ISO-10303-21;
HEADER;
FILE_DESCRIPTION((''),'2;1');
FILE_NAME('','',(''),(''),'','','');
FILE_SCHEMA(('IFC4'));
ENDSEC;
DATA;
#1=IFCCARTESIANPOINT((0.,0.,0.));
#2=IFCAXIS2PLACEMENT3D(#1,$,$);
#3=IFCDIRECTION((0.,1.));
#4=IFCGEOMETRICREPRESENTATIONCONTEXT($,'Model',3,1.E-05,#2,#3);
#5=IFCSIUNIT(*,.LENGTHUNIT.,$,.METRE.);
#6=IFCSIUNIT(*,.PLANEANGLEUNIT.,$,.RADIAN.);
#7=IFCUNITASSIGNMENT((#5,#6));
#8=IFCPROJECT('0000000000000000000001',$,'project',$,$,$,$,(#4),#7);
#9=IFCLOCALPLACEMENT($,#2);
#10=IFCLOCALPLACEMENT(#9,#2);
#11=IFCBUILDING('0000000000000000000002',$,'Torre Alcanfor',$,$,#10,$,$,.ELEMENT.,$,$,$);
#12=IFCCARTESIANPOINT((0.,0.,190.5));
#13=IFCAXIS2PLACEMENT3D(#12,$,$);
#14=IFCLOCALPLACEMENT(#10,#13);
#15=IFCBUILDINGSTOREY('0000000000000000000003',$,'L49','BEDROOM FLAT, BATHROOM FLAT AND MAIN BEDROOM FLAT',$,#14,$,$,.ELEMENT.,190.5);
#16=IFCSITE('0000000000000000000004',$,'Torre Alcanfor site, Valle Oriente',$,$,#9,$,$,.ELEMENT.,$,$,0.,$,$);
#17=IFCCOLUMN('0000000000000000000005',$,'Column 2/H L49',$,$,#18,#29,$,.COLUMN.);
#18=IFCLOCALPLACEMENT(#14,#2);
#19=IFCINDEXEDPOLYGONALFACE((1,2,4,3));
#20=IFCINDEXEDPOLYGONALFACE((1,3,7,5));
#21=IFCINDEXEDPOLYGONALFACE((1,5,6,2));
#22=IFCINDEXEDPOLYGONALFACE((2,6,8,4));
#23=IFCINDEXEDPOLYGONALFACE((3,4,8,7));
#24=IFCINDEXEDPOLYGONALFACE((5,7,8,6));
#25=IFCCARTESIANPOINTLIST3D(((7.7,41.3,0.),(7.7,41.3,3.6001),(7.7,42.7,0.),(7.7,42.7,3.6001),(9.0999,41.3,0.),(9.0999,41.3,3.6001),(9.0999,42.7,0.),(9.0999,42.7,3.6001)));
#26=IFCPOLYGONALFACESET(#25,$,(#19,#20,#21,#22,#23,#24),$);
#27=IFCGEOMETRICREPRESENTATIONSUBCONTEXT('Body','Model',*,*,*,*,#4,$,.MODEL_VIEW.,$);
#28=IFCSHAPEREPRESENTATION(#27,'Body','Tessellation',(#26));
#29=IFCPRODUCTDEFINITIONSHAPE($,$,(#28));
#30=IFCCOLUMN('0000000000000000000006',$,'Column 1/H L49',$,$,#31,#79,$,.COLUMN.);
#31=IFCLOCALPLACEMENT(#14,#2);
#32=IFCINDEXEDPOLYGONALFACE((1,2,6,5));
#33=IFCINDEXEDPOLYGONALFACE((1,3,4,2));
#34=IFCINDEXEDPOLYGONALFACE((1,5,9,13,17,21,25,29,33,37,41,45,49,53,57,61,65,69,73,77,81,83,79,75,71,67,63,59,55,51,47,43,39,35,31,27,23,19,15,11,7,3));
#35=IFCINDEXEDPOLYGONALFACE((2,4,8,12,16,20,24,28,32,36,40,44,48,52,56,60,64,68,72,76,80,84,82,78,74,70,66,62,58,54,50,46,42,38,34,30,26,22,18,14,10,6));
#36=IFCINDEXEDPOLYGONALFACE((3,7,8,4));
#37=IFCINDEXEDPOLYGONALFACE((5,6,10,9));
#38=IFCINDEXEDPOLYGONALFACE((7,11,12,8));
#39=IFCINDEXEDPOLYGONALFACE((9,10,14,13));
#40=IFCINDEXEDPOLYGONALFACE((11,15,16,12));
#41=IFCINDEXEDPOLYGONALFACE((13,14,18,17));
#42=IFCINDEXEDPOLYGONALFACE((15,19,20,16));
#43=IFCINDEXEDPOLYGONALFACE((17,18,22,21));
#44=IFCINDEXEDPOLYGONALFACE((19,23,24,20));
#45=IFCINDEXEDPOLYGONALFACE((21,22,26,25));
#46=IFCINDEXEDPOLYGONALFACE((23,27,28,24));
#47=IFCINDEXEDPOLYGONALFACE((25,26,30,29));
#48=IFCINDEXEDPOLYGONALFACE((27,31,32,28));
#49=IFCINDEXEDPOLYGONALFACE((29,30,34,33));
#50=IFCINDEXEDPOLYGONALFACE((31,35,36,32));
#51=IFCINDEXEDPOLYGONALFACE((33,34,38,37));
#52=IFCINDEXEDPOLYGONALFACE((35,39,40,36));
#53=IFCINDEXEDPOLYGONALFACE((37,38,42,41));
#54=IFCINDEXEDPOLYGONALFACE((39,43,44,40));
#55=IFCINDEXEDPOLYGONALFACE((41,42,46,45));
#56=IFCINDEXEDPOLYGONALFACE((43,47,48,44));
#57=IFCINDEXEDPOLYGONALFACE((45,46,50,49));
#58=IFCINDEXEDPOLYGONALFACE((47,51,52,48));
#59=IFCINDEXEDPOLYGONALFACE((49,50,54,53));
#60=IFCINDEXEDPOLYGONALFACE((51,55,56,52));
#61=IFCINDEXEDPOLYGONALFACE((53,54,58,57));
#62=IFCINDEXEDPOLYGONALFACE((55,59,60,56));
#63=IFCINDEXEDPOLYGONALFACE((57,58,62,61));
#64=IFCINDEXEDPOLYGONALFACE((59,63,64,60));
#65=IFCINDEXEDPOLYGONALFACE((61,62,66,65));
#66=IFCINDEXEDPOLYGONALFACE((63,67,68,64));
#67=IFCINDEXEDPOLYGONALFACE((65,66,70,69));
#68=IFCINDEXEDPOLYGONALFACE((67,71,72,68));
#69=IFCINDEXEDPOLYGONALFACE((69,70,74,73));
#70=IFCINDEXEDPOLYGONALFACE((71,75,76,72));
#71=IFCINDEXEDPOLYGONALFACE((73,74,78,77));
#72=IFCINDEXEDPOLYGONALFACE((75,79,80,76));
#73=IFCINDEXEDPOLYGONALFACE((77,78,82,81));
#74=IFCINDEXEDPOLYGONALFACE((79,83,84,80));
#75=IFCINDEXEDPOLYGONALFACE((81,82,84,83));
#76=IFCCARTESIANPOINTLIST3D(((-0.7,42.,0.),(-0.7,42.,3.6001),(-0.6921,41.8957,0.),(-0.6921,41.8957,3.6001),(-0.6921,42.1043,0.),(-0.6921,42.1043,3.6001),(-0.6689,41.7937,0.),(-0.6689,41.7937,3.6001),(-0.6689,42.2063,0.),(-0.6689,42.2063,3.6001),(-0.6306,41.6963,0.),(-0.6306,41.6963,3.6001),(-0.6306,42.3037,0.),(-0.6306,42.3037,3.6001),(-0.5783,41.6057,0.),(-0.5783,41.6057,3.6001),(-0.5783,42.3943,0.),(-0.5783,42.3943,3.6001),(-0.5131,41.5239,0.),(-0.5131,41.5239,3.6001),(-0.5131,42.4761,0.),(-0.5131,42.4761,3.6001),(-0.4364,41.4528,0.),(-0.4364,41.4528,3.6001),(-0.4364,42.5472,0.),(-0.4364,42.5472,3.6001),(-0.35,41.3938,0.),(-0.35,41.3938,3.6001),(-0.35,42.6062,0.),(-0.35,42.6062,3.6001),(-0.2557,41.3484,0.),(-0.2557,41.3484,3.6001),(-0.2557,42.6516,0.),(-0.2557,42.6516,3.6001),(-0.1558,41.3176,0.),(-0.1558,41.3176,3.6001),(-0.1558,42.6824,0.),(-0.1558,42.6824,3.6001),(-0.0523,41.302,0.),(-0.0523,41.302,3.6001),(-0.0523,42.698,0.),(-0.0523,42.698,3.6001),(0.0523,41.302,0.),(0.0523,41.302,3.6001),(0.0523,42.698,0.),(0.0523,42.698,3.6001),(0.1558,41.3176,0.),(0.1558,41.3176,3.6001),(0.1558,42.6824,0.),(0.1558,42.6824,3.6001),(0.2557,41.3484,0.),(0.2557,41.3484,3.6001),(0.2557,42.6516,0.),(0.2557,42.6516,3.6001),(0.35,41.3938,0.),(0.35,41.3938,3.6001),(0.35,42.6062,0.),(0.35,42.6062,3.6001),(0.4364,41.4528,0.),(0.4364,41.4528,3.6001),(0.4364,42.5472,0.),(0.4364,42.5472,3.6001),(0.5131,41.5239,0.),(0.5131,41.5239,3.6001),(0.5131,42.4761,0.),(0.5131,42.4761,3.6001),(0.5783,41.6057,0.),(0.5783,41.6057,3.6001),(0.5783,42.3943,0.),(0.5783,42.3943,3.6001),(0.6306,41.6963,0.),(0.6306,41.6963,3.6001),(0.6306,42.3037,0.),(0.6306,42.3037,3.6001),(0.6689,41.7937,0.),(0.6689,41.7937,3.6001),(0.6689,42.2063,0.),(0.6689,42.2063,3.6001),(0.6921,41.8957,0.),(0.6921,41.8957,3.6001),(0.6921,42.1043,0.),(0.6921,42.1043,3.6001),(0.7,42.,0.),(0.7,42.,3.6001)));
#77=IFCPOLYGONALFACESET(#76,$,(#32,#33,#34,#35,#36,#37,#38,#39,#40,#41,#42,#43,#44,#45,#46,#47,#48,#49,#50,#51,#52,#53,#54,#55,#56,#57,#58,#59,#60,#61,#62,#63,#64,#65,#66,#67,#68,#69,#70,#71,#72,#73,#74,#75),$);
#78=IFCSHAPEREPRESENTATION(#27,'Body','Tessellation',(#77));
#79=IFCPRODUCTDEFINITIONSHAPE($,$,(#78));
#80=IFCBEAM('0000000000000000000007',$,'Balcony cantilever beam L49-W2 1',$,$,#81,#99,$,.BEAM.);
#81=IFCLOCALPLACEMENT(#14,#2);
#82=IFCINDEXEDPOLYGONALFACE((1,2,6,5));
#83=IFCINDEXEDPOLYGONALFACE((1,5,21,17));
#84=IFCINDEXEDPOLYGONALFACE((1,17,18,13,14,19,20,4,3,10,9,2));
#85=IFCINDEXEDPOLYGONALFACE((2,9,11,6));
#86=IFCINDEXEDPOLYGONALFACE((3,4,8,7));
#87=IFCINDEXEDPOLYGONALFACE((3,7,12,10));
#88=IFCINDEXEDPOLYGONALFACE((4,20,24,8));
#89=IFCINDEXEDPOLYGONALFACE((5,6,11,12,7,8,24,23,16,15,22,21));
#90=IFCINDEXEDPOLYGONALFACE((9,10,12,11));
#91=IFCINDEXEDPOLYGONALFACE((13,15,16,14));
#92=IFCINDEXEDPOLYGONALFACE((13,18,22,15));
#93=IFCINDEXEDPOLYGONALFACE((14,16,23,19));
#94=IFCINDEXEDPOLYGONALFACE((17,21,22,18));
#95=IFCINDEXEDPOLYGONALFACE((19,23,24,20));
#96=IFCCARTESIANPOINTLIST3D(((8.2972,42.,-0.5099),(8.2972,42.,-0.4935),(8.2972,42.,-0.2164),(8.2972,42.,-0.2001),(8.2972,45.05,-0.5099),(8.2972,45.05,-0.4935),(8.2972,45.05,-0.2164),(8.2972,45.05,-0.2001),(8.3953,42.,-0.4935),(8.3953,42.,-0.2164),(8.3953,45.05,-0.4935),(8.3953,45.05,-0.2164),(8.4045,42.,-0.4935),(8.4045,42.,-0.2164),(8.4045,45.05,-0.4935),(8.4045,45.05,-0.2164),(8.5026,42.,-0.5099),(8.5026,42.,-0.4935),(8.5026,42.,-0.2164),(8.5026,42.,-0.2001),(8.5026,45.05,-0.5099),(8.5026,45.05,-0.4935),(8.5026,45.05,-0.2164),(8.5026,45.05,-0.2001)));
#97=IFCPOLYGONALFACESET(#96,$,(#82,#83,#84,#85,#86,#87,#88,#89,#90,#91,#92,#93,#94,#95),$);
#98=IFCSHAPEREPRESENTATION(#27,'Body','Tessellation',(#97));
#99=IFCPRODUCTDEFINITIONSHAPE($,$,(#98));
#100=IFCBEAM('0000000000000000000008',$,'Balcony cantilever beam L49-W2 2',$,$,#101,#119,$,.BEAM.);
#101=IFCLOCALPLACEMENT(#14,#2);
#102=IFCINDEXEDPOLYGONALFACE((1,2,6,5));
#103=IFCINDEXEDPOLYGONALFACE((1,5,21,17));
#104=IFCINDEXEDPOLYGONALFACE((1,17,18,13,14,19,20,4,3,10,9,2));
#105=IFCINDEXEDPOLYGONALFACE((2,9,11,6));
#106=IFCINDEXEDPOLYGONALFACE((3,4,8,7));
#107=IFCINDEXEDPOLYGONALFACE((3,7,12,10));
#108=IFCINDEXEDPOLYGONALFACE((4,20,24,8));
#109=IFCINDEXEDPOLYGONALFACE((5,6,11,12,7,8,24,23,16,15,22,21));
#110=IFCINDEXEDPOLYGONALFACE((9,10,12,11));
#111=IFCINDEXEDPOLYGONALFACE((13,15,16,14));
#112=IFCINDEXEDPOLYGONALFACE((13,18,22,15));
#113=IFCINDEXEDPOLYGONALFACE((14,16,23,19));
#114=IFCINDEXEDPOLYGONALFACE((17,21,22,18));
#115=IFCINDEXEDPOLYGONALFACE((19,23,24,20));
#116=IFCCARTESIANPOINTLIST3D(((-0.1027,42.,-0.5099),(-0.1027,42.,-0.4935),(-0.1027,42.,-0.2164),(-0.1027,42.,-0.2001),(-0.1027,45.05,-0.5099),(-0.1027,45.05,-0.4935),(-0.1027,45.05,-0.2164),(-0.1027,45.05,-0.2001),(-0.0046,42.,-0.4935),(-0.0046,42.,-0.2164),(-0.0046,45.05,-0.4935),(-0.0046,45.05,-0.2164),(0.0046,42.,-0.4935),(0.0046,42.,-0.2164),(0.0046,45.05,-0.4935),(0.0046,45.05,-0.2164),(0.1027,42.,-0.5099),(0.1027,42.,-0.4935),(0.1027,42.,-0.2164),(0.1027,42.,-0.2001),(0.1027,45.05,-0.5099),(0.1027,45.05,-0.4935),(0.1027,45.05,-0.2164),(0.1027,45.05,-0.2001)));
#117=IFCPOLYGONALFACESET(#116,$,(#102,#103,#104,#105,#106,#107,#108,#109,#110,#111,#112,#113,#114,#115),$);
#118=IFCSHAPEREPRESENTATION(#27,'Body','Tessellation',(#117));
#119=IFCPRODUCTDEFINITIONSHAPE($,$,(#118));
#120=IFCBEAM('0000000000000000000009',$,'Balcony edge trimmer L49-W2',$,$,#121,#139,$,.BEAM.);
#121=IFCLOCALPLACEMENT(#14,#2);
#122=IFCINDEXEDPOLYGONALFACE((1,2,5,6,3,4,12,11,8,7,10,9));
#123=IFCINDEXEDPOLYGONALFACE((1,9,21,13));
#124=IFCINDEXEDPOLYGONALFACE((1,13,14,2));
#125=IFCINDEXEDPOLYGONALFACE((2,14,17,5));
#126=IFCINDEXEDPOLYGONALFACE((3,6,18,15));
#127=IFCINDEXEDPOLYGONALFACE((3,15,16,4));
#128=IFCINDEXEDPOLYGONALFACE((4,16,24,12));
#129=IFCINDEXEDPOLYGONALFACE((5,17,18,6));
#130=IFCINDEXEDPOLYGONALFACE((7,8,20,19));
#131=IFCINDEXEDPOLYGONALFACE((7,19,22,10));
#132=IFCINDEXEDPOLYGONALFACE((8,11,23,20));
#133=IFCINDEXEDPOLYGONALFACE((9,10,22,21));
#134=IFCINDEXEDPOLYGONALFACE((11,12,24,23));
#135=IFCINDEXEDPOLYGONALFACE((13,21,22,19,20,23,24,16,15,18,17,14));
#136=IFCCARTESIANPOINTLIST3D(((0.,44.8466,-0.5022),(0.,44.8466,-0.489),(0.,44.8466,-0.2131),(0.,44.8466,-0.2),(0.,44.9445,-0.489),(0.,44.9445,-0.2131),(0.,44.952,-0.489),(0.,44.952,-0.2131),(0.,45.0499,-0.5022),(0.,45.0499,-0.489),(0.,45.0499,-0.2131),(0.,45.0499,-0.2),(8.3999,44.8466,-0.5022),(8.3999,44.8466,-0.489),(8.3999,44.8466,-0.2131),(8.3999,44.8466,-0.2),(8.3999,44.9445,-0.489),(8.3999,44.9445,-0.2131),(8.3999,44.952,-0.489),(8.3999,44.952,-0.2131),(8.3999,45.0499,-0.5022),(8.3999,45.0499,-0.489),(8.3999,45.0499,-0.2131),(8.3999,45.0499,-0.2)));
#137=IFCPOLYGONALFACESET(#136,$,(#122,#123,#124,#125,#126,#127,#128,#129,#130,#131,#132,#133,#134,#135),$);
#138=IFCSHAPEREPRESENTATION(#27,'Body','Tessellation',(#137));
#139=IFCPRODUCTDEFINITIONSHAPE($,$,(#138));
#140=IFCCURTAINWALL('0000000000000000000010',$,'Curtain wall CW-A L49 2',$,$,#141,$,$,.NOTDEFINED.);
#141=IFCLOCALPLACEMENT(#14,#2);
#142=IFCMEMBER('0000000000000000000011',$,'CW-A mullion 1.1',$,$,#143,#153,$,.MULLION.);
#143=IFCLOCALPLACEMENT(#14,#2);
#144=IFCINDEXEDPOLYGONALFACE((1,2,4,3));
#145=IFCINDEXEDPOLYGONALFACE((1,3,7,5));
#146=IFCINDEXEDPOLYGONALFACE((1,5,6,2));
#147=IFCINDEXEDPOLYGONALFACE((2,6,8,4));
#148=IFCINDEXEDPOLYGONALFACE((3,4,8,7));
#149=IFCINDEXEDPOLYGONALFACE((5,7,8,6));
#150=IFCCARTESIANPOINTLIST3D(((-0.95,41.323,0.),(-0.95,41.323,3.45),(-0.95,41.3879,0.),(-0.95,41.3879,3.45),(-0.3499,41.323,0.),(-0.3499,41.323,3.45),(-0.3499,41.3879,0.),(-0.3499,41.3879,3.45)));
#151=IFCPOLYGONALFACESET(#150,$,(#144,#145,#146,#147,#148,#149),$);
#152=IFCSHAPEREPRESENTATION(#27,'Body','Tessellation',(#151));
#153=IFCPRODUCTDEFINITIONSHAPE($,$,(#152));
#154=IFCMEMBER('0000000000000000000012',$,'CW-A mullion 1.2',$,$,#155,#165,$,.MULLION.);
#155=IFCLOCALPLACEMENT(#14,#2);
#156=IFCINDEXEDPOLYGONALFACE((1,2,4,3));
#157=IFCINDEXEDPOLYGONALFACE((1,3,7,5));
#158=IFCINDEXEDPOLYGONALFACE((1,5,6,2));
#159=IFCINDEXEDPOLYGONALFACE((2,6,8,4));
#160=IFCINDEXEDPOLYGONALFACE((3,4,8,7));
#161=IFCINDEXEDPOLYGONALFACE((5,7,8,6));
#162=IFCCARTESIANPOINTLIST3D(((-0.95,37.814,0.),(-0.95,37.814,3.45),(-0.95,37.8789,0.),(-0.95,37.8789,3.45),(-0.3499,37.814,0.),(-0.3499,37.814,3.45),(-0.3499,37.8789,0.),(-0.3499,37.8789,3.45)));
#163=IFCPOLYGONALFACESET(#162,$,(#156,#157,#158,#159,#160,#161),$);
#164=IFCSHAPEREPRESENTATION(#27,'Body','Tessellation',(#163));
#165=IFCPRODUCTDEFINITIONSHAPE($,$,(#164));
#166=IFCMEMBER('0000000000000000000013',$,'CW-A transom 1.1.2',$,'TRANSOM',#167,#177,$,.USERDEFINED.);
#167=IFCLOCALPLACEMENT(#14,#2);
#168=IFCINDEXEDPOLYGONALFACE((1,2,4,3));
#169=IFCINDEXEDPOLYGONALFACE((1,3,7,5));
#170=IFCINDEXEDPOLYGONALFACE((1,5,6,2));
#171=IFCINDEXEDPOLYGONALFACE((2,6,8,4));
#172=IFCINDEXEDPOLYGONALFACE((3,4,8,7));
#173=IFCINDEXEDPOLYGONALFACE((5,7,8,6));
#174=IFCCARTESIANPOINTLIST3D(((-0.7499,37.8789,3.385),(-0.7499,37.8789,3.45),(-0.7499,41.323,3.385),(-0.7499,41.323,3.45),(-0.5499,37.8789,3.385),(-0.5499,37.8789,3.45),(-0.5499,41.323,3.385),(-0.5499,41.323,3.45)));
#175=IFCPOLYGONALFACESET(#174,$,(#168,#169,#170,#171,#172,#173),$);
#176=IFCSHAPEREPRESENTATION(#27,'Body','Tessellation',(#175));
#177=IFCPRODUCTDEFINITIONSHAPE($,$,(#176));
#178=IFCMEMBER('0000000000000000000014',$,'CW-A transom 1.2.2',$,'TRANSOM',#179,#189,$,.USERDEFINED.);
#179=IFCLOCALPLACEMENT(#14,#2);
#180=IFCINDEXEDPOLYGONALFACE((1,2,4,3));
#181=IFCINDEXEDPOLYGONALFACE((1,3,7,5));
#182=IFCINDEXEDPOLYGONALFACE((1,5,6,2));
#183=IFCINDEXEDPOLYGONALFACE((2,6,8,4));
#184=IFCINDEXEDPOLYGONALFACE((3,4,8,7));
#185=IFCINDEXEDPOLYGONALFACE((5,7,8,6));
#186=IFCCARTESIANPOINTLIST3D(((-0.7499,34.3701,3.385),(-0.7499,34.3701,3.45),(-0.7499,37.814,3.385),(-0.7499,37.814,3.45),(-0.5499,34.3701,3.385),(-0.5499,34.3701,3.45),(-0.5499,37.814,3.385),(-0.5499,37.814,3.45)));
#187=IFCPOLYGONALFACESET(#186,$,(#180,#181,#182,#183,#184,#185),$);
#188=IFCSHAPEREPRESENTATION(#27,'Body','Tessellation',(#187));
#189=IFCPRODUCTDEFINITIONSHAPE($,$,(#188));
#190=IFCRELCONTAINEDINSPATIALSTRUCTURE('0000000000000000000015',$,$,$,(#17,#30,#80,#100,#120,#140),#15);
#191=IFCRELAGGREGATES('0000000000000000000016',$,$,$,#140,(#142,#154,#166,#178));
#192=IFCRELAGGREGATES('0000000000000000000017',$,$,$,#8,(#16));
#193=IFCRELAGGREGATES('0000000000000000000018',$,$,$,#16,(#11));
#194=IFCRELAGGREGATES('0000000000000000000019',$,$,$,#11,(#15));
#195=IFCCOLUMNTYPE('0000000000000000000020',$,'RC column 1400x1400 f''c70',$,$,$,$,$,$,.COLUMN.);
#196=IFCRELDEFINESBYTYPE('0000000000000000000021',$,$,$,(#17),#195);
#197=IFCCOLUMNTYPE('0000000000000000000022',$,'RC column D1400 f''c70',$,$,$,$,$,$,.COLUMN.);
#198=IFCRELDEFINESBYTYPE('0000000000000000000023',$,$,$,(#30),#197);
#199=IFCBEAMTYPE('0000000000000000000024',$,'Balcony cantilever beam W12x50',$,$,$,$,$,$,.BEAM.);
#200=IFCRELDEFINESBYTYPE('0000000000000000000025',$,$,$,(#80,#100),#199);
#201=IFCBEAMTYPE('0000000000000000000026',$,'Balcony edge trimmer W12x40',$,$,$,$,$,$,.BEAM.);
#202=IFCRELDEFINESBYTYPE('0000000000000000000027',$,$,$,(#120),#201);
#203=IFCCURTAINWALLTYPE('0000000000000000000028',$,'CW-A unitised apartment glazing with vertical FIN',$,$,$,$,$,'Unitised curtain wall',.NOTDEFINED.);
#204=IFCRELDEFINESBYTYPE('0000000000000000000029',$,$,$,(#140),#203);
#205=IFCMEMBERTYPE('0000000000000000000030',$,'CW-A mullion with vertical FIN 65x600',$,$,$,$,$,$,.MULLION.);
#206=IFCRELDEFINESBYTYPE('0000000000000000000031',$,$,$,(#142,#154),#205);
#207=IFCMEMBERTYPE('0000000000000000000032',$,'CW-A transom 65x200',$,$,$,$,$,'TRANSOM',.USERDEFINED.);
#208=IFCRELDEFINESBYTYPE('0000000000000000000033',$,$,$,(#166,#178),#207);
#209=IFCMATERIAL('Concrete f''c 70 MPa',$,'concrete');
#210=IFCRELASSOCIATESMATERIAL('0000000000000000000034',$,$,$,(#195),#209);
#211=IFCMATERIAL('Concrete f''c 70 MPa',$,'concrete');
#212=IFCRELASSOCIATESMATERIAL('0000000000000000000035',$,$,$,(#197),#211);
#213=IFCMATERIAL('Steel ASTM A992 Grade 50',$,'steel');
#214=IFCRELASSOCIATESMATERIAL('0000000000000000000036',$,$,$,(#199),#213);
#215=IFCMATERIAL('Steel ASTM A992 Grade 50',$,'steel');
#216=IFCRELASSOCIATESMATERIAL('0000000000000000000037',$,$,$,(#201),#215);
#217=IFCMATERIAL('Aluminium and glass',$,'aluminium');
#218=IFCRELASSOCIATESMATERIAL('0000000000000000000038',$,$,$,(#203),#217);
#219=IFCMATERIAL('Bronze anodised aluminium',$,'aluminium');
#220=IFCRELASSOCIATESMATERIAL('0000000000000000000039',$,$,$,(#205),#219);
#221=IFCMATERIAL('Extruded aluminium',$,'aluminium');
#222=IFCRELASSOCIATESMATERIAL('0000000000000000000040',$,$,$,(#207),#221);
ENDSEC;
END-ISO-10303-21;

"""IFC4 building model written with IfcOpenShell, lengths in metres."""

from ifc_helpers import new_model, si_unit, direction, frame, origin, origin_2d, place, context, subcontext, project, spatial, rectangle, circle, i_section, extrude, material, material_profile, profile_set, type_object, element, aggregate, save


model = new_model("IFC4")

# Units and contexts
model_context = context("Model", 3, precision=1e-05, world=origin(), true_north=direction((0.0, 1.0)))
body_context = subcontext(model_context, "Body", "Model", "MODEL_VIEW")
ifc_project = project(units=[si_unit("LENGTHUNIT", "METRE"), si_unit("PLANEANGLEUNIT", "RADIAN")], contexts=[model_context])

# Site, building, storey
site_placement = place(None, origin())
site = spatial("IfcSite", under=ifc_project, at=site_placement, Name="Torre Alcanfor site, Valle Oriente", CompositionType="ELEMENT", RefElevation=0.0)
building_placement = place(site_placement, origin())
building = spatial("IfcBuilding", under=site, at=building_placement, Name="Torre Alcanfor", CompositionType="ELEMENT")
storey_placement = place(building_placement, frame((0.0, 0.0, 190.5)))
storey = spatial("IfcBuildingStorey", under=building, at=storey_placement, Name="L49", Description="BEDROOM FLAT, BATHROOM FLAT AND MAIN BEDROOM FLAT", CompositionType="ELEMENT", Elevation=190.5)

# Columns
ifc_material_1 = material(Name="Concrete f'c 70 MPa", Category="concrete")
ifc_material_profile_1 = material_profile(ifc_material_1, rectangle(XDim=1.3999, YDim=1.3999, at=origin_2d()), Name="1400x1400")
ifc_profile_set_1 = profile_set([ifc_material_profile_1], Name="Concrete f'c 70 MPa")
column_type_1 = type_object("IfcColumnType", Name="RC column 1400x1400 f'c70", PredefinedType="COLUMN", material=ifc_profile_set_1)
column_1_placement = place(storey_placement, frame((8.3999, 42.0, 0.0), z_axis=(0.0, 0.0, 1.0), x_axis=(1.0, 0.0, 0.0)))
element("IfcColumn", 1, at=column_1_placement, inside=storey, type_object=column_type_1, Name="Column 2/H L49", PredefinedType="COLUMN", context=body_context, shape_type="SweptSolid", body=[
    extrude(rectangle(XDim=1.3999, YDim=1.3999, at=origin_2d()), origin(), (0.0, 0.0, 1.0), 3.6001),
])
ifc_material_2 = material(Name="Concrete f'c 70 MPa", Category="concrete")
ifc_material_profile_2 = material_profile(ifc_material_2, circle(Radius=0.7, at=origin_2d()), Name="D1400")
ifc_profile_set_2 = profile_set([ifc_material_profile_2], Name="Concrete f'c 70 MPa")
column_type_2 = type_object("IfcColumnType", Name="RC column D1400 f'c70", PredefinedType="COLUMN", material=ifc_profile_set_2)
column_2_placement = place(storey_placement, frame((0.0, 42.0, 0.0), z_axis=(0.0, 0.0, 1.0), x_axis=(1.0, 0.0, 0.0)))
element("IfcColumn", 2, at=column_2_placement, inside=storey, type_object=column_type_2, Name="Column 1/H L49", PredefinedType="COLUMN", context=body_context, shape_type="SweptSolid", body=[
    extrude(circle(Radius=0.7, at=origin_2d()), origin(), (0.0, 0.0, 1.0), 3.6001),
])

# Beams
ifc_material_3 = material(Name="Steel ASTM A992 Grade 50", Category="steel")
ifc_material_profile_3 = material_profile(ifc_material_3, i_section(OverallWidth=0.2053, OverallDepth=0.3098, WebThickness=0.0093, FlangeThickness=0.0164, at=origin_2d()), Name="W12x50")
ifc_profile_set_3 = profile_set([ifc_material_profile_3], Name="Steel ASTM A992 Grade 50")
beam_type_1 = type_object("IfcBeamType", Name="Balcony cantilever beam W12x50", PredefinedType="BEAM", material=ifc_profile_set_3)
for number, where, z_axis, x_axis, name in (
    (3, (8.3999, 42.0, -0.355), (0.0, 1.0, 0.0), (-1.0, 0.0, 0.0), "Balcony cantilever beam L49-W2 1"),
    (4, (0.0, 42.0, -0.355), (0.0, 1.0, 0.0), (-1.0, 0.0, 0.0), "Balcony cantilever beam L49-W2 2"),
):
    element("IfcBeam", number, at=place(storey_placement, frame(where, z_axis=z_axis, x_axis=x_axis)), inside=storey, type_object=beam_type_1, Name=name, PredefinedType="BEAM", context=body_context, shape_type="SweptSolid", body=[
        extrude(i_section(OverallWidth=0.2053, OverallDepth=0.3098, WebThickness=0.0093, FlangeThickness=0.0164, at=origin_2d()), origin(), (0.0, 0.0, 1.0), 3.05),
    ])
ifc_material_4 = material(Name="Steel ASTM A992 Grade 50", Category="steel")
ifc_material_profile_4 = material_profile(ifc_material_4, i_section(OverallWidth=0.2034, OverallDepth=0.3022, WebThickness=0.0076, FlangeThickness=0.0132, at=origin_2d()), Name="W12x40")
ifc_profile_set_4 = profile_set([ifc_material_profile_4], Name="Steel ASTM A992 Grade 50")
beam_type_2 = type_object("IfcBeamType", Name="Balcony edge trimmer W12x40", PredefinedType="BEAM", material=ifc_profile_set_4)
beam_1_placement = place(storey_placement, frame((8.3999, 44.9482, -0.3511), z_axis=(-1.0, 0.0, 0.0), x_axis=(0.0, -1.0, 0.0)))
element("IfcBeam", 5, at=beam_1_placement, inside=storey, type_object=beam_type_2, Name="Balcony edge trimmer L49-W2", PredefinedType="BEAM", context=body_context, shape_type="SweptSolid", body=[
    extrude(i_section(OverallWidth=0.2034, OverallDepth=0.3022, WebThickness=0.0076, FlangeThickness=0.0132, at=origin_2d()), origin(), (0.0, 0.0, 1.0), 8.3999),
])

# Curtain wall, members
ifc_material_5 = material(Name="Aluminium and glass", Category="aluminium")
curtain_wall_type = type_object("IfcCurtainWallType", Name="CW-A unitised apartment glazing with vertical FIN", ElementType="Unitised curtain wall", PredefinedType="NOTDEFINED", material=ifc_material_5)
curtain_wall_placement = place(storey_placement, origin())
curtain_wall = element("IfcCurtainWall", 6, at=curtain_wall_placement, inside=storey, type_object=curtain_wall_type, Name="Curtain wall CW-A L49 2", PredefinedType="NOTDEFINED")
ifc_material_6 = material(Name="Bronze anodised aluminium", Category="aluminium")
ifc_material_profile_5 = material_profile(ifc_material_6, rectangle(XDim=0.6001, YDim=0.0649, at=origin_2d()), Name="CW-A mullion 65x600")
ifc_profile_set_5 = profile_set([ifc_material_profile_5], Name="Bronze anodised aluminium")
member_type_1 = type_object("IfcMemberType", Name="CW-A mullion with vertical FIN 65x600", PredefinedType="MULLION", material=ifc_profile_set_5)
member_1_placement = place(storey_placement, frame((-0.6499, 41.3555, 0.0), z_axis=(0.0, 0.0, 1.0), x_axis=(1.0, 0.0, 0.0)))
member_1 = element("IfcMember", 7, at=member_1_placement, type_object=member_type_1, Name="CW-A mullion 1.1", PredefinedType="MULLION", context=body_context, shape_type="SweptSolid", body=[
    extrude(rectangle(XDim=0.6001, YDim=0.0649, at=origin_2d()), origin(), (0.0, 0.0, 1.0), 3.45),
])
member_2_placement = place(storey_placement, frame((-0.6499, 37.8464, 0.0), z_axis=(0.0, 0.0, 1.0), x_axis=(1.0, 0.0, 0.0)))
member_2 = element("IfcMember", 8, at=member_2_placement, type_object=member_type_1, Name="CW-A mullion 1.2", PredefinedType="MULLION", context=body_context, shape_type="SweptSolid", body=[
    extrude(rectangle(XDim=0.6001, YDim=0.0649, at=origin_2d()), origin(), (0.0, 0.0, 1.0), 3.45),
])
ifc_material_7 = material(Name="Extruded aluminium", Category="aluminium")
ifc_material_profile_6 = material_profile(ifc_material_7, rectangle(XDim=0.2, YDim=0.0649, at=origin_2d()), Name="CW-A transom 200x65")
ifc_profile_set_6 = profile_set([ifc_material_profile_6], Name="Extruded aluminium")
member_type_2 = type_object("IfcMemberType", Name="CW-A transom 65x200", ElementType="TRANSOM", PredefinedType="USERDEFINED", material=ifc_profile_set_6)
member_3_placement = place(storey_placement, frame((-0.6499, 41.323, 3.4175), z_axis=(0.0, -1.0, 0.0), x_axis=(1.0, 0.0, 0.0)))
member_3 = element("IfcMember", 9, at=member_3_placement, type_object=member_type_2, Name="CW-A transom 1.1.2", ObjectType="TRANSOM", PredefinedType="USERDEFINED", context=body_context, shape_type="SweptSolid", body=[
    extrude(rectangle(XDim=0.2, YDim=0.0649, at=origin_2d()), origin(), (0.0, 0.0, 1.0), 3.4441),
])
member_4_placement = place(storey_placement, frame((-0.6499, 37.814, 3.4175), z_axis=(0.0, -1.0, 0.0), x_axis=(1.0, 0.0, 0.0)))
member_4 = element("IfcMember", 10, at=member_4_placement, type_object=member_type_2, Name="CW-A transom 1.2.2", ObjectType="TRANSOM", PredefinedType="USERDEFINED", context=body_context, shape_type="SweptSolid", body=[
    extrude(rectangle(XDim=0.2, YDim=0.0649, at=origin_2d()), origin(), (0.0, 0.0, 1.0), 3.4438),
])

aggregate(curtain_wall, [member_1, member_2, member_3, member_4])

save(model, "model.ifc")
